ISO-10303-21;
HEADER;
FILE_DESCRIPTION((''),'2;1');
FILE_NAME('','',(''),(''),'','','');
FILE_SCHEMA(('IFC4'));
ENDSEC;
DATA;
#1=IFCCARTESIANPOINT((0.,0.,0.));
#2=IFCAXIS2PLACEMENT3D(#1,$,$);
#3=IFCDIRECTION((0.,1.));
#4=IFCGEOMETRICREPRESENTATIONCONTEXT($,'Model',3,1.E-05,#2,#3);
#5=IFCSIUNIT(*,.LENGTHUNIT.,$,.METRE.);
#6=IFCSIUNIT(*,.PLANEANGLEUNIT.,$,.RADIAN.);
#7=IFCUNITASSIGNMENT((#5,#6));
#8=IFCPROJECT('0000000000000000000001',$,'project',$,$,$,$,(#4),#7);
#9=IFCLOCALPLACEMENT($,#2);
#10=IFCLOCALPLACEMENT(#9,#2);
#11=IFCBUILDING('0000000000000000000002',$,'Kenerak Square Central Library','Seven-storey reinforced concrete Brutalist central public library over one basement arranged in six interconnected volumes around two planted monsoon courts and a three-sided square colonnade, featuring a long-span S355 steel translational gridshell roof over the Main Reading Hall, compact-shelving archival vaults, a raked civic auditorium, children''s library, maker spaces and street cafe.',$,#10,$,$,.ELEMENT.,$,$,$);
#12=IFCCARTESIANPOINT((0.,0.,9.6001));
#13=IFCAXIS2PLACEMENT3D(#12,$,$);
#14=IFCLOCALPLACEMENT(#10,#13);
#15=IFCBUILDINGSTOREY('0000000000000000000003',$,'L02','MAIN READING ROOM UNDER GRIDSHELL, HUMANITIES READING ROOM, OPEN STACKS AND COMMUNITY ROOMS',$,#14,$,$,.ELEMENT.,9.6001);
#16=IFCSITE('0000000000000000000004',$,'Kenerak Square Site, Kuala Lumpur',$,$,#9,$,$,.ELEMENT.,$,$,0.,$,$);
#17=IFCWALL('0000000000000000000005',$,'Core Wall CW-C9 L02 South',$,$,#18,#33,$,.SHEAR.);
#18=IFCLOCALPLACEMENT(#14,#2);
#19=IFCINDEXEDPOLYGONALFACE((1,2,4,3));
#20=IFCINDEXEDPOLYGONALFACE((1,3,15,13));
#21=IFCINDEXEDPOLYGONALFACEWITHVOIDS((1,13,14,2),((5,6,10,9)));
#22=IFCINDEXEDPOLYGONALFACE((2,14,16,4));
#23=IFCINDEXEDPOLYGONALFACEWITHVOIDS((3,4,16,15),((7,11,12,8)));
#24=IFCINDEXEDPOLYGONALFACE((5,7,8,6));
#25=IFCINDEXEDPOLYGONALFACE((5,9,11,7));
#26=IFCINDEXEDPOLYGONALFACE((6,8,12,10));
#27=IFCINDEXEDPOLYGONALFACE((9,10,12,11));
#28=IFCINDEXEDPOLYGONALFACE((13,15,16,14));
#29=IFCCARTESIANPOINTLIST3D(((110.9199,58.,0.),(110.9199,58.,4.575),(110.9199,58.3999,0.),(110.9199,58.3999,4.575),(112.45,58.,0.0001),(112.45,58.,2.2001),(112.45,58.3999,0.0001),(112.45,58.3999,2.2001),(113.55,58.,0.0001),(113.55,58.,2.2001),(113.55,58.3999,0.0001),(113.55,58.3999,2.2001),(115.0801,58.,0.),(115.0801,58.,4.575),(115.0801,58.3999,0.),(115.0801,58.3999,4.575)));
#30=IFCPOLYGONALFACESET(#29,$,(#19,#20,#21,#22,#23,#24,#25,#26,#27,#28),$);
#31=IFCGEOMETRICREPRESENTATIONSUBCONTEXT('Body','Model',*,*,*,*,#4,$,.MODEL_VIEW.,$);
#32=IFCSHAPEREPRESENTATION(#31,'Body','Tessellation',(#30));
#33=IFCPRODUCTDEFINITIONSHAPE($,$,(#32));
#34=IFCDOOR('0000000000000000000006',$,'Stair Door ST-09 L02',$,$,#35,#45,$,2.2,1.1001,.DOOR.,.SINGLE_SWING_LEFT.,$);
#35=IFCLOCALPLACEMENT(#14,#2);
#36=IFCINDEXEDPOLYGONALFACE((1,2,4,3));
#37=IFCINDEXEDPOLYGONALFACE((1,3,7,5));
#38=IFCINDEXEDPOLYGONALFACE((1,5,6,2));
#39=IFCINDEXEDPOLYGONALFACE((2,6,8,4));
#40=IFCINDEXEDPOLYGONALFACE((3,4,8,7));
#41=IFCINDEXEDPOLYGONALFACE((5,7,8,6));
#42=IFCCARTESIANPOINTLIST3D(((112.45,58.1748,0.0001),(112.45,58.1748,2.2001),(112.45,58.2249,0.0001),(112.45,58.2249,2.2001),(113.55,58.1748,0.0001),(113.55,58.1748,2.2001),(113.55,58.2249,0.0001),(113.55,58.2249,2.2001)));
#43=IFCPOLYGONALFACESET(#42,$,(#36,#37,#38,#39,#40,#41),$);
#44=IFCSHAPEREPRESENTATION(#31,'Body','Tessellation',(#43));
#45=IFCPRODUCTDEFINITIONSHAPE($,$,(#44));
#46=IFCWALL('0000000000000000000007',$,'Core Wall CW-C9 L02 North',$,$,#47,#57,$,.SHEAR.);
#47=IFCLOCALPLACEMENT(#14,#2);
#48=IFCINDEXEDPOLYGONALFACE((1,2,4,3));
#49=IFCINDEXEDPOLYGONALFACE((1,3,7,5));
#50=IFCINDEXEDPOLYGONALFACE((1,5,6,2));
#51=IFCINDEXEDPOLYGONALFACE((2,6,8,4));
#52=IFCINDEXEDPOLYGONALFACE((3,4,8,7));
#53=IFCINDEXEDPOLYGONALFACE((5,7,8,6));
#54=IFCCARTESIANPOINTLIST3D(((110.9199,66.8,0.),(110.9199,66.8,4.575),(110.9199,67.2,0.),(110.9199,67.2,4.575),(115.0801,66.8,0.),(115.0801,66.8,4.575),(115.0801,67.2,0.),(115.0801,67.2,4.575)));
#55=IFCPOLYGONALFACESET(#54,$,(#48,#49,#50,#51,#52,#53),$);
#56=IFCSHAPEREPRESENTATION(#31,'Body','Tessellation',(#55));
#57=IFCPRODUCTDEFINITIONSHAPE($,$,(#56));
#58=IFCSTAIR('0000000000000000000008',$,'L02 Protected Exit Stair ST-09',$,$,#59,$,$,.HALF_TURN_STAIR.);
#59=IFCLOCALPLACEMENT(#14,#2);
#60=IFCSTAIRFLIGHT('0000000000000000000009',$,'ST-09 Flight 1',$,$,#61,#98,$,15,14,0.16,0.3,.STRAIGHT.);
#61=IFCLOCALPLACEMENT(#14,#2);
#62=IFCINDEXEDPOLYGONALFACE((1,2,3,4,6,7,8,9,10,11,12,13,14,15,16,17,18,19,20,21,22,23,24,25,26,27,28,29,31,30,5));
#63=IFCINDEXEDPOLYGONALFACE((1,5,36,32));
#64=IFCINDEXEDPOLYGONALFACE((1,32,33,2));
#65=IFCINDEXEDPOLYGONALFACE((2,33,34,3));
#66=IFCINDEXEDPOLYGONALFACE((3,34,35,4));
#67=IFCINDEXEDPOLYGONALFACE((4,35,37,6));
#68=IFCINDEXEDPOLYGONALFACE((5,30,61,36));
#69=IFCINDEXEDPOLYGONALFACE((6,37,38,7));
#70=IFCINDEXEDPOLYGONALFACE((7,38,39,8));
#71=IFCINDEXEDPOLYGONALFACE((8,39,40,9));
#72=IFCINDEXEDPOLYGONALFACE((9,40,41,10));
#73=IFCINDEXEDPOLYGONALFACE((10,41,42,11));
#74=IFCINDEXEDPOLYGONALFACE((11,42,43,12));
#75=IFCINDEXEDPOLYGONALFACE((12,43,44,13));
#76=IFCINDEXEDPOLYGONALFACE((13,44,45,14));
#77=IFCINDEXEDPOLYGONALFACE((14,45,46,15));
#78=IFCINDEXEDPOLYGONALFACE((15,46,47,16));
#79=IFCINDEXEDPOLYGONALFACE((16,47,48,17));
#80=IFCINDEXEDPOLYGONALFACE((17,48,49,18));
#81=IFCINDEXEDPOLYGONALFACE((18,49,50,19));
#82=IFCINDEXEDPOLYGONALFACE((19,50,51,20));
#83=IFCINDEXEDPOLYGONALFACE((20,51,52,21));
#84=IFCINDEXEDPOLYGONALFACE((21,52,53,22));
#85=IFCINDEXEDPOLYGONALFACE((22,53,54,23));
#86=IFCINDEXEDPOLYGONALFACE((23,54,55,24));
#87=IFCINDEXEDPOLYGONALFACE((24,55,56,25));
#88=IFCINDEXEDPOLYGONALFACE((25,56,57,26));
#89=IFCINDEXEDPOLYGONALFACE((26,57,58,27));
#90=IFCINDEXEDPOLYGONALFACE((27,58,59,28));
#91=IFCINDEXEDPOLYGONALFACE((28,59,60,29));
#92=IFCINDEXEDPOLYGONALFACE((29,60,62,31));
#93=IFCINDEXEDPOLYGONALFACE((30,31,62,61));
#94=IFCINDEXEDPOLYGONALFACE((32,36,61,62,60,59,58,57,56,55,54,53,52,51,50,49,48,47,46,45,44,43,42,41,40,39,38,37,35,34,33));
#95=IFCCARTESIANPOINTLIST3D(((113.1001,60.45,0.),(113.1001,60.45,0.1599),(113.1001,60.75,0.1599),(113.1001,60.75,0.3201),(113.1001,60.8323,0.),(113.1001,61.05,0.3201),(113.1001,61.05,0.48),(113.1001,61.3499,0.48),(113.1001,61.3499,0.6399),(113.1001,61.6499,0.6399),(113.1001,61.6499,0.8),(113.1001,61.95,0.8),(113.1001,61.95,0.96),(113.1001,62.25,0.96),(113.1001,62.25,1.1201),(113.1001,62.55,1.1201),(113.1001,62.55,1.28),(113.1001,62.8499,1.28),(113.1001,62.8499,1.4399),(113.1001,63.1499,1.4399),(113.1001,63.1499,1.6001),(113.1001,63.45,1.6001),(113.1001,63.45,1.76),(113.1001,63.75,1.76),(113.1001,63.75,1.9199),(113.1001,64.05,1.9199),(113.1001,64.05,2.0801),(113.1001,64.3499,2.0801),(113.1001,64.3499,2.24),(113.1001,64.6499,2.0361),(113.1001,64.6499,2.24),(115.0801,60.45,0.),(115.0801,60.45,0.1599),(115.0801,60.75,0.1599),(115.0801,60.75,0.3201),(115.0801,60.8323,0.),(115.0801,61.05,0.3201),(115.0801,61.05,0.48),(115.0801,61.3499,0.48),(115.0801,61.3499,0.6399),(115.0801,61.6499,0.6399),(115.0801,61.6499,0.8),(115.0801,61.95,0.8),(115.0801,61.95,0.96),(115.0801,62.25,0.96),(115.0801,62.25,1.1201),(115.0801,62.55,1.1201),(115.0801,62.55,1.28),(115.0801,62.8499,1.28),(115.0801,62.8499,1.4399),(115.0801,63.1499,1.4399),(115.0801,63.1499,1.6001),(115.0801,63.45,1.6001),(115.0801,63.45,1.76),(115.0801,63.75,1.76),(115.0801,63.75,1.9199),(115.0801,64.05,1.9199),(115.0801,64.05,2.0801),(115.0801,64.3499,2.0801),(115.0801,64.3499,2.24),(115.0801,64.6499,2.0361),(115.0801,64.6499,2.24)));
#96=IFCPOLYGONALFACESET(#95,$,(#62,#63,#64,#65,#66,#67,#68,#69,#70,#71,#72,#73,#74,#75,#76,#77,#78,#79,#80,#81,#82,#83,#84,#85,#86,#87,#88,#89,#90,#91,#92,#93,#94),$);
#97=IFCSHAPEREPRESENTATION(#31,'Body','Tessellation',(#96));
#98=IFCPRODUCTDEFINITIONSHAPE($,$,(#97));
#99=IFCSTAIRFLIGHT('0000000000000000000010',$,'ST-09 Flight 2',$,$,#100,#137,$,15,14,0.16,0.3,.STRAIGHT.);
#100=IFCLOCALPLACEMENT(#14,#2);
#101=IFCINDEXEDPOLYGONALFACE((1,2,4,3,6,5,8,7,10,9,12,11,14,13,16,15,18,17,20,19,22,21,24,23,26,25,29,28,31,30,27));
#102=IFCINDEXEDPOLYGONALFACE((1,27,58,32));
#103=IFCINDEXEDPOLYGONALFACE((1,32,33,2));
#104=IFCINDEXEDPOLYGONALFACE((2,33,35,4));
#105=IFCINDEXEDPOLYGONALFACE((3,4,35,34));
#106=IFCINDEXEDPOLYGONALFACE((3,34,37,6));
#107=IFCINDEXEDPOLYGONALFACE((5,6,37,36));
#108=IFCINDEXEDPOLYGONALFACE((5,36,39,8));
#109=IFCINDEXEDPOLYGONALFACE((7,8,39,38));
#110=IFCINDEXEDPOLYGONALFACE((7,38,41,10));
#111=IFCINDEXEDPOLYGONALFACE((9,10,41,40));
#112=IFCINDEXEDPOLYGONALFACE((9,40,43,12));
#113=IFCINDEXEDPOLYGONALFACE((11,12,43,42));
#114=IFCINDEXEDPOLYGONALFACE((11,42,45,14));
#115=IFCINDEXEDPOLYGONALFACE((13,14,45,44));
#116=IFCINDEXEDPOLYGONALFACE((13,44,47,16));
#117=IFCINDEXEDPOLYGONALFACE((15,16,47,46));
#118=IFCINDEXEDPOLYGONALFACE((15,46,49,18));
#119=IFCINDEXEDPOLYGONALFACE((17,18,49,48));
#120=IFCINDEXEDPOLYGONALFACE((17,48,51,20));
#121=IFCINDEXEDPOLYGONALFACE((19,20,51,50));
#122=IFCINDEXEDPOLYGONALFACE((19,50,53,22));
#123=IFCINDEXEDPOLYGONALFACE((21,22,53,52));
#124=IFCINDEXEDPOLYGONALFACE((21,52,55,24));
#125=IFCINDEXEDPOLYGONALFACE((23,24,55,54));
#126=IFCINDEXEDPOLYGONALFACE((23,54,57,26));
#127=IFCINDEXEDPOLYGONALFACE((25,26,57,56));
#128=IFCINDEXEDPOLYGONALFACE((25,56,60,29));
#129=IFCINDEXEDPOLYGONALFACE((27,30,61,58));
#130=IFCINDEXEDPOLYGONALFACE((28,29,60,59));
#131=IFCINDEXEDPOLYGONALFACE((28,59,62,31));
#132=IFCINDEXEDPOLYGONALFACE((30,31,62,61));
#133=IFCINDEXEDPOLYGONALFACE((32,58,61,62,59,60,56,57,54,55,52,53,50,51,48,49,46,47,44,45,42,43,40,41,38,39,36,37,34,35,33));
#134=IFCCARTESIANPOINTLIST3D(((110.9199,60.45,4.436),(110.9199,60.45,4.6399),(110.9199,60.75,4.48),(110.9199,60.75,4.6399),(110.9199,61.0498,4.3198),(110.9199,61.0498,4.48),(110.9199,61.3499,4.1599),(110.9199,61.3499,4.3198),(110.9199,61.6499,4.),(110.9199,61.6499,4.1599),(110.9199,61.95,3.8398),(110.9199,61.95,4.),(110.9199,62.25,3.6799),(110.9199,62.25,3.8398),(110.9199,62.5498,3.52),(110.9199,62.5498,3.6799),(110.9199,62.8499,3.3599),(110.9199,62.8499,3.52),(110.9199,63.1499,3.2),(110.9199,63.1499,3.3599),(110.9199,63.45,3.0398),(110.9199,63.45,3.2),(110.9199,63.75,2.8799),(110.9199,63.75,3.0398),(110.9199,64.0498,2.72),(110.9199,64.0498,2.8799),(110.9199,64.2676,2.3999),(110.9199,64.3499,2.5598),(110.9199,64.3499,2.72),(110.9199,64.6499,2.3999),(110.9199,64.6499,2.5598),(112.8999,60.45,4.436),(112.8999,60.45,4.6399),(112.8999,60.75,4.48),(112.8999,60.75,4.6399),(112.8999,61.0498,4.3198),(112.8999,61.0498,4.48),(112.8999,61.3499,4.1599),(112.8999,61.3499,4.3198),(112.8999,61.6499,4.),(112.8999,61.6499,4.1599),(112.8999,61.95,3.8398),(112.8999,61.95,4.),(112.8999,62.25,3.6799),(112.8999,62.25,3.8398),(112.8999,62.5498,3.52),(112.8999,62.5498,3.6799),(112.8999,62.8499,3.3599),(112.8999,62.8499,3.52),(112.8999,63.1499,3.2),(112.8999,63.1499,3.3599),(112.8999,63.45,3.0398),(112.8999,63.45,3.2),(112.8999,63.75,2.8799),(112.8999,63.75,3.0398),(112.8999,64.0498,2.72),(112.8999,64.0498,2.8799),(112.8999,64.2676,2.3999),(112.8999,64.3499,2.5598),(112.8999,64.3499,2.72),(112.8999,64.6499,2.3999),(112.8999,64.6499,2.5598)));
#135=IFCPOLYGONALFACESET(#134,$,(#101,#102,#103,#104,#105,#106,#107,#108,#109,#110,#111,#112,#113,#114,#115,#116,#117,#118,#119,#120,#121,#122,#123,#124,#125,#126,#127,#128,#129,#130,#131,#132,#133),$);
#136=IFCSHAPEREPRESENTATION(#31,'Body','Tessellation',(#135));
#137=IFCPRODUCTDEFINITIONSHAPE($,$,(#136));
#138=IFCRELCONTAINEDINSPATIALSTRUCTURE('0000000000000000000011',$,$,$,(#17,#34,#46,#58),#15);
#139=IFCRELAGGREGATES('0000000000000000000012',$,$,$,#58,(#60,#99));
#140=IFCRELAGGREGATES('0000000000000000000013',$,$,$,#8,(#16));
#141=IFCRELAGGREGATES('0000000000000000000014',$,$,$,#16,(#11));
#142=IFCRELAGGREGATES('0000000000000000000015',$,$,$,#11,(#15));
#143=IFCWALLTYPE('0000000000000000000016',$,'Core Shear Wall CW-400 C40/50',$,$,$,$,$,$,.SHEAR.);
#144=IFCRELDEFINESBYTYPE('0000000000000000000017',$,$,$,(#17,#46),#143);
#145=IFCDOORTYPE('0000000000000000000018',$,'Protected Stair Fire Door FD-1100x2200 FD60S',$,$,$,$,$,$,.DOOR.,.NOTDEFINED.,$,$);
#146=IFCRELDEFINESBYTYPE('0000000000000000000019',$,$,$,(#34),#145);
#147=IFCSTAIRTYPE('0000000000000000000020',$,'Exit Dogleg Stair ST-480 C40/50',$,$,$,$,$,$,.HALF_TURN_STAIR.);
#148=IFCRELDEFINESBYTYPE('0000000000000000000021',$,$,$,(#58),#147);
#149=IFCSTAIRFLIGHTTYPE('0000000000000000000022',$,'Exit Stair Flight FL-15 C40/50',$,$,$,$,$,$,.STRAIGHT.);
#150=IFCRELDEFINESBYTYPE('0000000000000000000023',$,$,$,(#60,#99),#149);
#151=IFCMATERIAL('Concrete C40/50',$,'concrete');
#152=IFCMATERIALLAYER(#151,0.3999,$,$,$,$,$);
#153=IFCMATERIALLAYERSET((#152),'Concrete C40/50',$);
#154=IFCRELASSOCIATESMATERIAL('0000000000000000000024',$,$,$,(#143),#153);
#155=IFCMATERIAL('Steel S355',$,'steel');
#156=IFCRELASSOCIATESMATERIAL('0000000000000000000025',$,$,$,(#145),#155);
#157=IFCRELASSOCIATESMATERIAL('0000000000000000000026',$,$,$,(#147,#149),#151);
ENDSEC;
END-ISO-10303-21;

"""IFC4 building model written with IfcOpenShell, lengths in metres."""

from ifc_helpers import new_model, si_unit, direction, frame, frame_2d, origin, place, context, subcontext, project, spatial, polyline, rectangle, outline, extrude, material, layer, layer_set, type_object, element, fill, aggregate, save


model = new_model("IFC4")

# Units and contexts
model_context = context("Model", 3, precision=1e-05, world=origin(), true_north=direction((0.0, 1.0)))
body_context = subcontext(model_context, "Body", "Model", "MODEL_VIEW")
ifc_project = project(units=[si_unit("LENGTHUNIT", "METRE"), si_unit("PLANEANGLEUNIT", "RADIAN")], contexts=[model_context])

# Site, building, storey
site_placement = place(None, origin())
site = spatial("IfcSite", under=ifc_project, at=site_placement, Name="Kenerak Square Site, Kuala Lumpur", CompositionType="ELEMENT", RefElevation=0.0)
building_placement = place(site_placement, origin())
building = spatial("IfcBuilding", under=site, at=building_placement, Name="Kenerak Square Central Library", Description="Seven-storey reinforced concrete Brutalist central public library over one basement arranged in six interconnected volumes around two planted monsoon courts and a three-sided square colonnade, featuring a long-span S355 steel translational gridshell roof over the Main Reading Hall, compact-shelving archival vaults, a raked civic auditorium, children's library, maker spaces and street cafe.", CompositionType="ELEMENT")
storey_placement = place(building_placement, frame((0.0, 0.0, 9.6001)))
storey = spatial("IfcBuildingStorey", under=building, at=storey_placement, Name="L02", Description="MAIN READING ROOM UNDER GRIDSHELL, HUMANITIES READING ROOM, OPEN STACKS AND COMMUNITY ROOMS", CompositionType="ELEMENT", Elevation=9.6001)

# Shared definitions
ifc_material_1 = material(Name="Concrete C40/50", Category="concrete")

# Shared definitions
ifc_layer_1 = layer(ifc_material_1, 0.3999)
ifc_layer_set_1 = layer_set([ifc_layer_1], Name="Concrete C40/50")
wall_type = type_object("IfcWallType", Name="Core Shear Wall CW-400 C40/50", PredefinedType="SHEAR", material=ifc_layer_set_1)

# Wall, opening, door
wall_1_placement = place(storey_placement, frame((115.0801, 58.2, 0.0), z_axis=(0.0, 0.0, 1.0), x_axis=(-1.0, 0.0, 0.0)))
wall_1 = element("IfcWall", 1, at=wall_1_placement, inside=storey, type_object=wall_type, Name="Core Wall CW-C9 L02 South", PredefinedType="SHEAR", context=body_context, shape_type="SweptSolid", body=[
    extrude(rectangle(XDim=4.1602, YDim=0.3999, at=frame_2d((2.0801, 0.0))), origin(), (0.0, 0.0, 1.0), 4.575),
])
opening_placement = place(wall_1_placement, frame((1.53, 0.0, 0.0)))
opening = element("IfcOpeningElement", 2, at=opening_placement, cuts=wall_1, PredefinedType="OPENING", context=body_context, shape_type="SweptSolid", body=[
    extrude(rectangle(XDim=1.1001, YDim=2.2, at=frame_2d((0.55, 1.1001))), frame((0.0, 0.21, 0.0), z_axis=(0.0, -1.0, 0.0), x_axis=(1.0, 0.0, 0.0)), (0.0, 0.0, 1.0), 0.4199),
])
ifc_material_2 = material(Name="Steel S355", Category="steel")
door_type = type_object("IfcDoorType", Name="Protected Stair Fire Door FD-1100x2200 FD60S", OperationType="NOTDEFINED", PredefinedType="DOOR", material=ifc_material_2)
door_placement = place(opening_placement, frame((1.1001, 0.0, 0.0), z_axis=(0.0, 0.0, 1.0), x_axis=(-1.0, 0.0, 0.0)))
door = element("IfcDoor", 3, at=door_placement, inside=storey, type_object=door_type, Name="Stair Door ST-09 L02", OperationType="SINGLE_SWING_LEFT", OverallHeight=2.2, OverallWidth=1.1001, PredefinedType="DOOR", context=body_context, shape_type="SweptSolid", body=[
    extrude(rectangle(XDim=1.1001, YDim=2.2, at=frame_2d((0.55, 1.1001))), frame((0.0, 0.0249, 0.0), z_axis=(0.0, -1.0, 0.0), x_axis=(1.0, 0.0, 0.0)), (0.0, 0.0, 1.0), 0.05),
])
fill(opening, door)

# Wall
wall_2_placement = place(storey_placement, frame((110.9199, 67.0, 0.0), z_axis=(0.0, 0.0, 1.0), x_axis=(1.0, 0.0, 0.0)))
element("IfcWall", 4, at=wall_2_placement, inside=storey, type_object=wall_type, Name="Core Wall CW-C9 L02 North", PredefinedType="SHEAR", context=body_context, shape_type="SweptSolid", body=[
    extrude(rectangle(XDim=4.1602, YDim=0.3999, at=frame_2d((2.0801, 0.0))), origin(), (0.0, 0.0, 1.0), 4.575),
])

# Stair, stair flights
stair_type = type_object("IfcStairType", Name="Exit Dogleg Stair ST-480 C40/50", PredefinedType="HALF_TURN_STAIR", material=ifc_material_1)
stair_placement = place(storey_placement, origin())
stair = element("IfcStair", 5, at=stair_placement, inside=storey, type_object=stair_type, Name="L02 Protected Exit Stair ST-09", PredefinedType="HALF_TURN_STAIR")
stair_flight_type = type_object("IfcStairFlightType", Name="Exit Stair Flight FL-15 C40/50", PredefinedType="STRAIGHT", material=ifc_material_1)
stair_flight_1_placement = place(storey_placement, frame((114.0901, 60.45, 0.0), z_axis=(0.0, 0.0, 1.0), x_axis=(0.0, 1.0, 0.0)))
stair_flight_1 = element("IfcStairFlight", 6, at=stair_flight_1_placement, type_object=stair_flight_type, Name="ST-09 Flight 1", NumberOfRisers=15, NumberOfTreads=14, PredefinedType="STRAIGHT", RiserHeight=0.16, TreadLength=0.3, context=body_context, shape_type="SweptSolid", body=[
    extrude(outline(polyline([(0.0, 0.0), (0.0, 0.1599), (0.3, 0.1599), (0.3, 0.3201), (0.6001, 0.3201), (0.6001, 0.48), (0.8999, 0.48), (0.8999, 0.6399), (1.2, 0.6399), (1.2, 0.8), (1.5, 0.8), (1.5, 0.96), (1.8, 0.96), (1.8, 1.1201), (2.1001, 1.1201), (2.1001, 1.28), (2.3999, 1.28), (2.3999, 1.4399), (2.7, 1.4399), (2.7, 1.6001), (3.0, 1.6001), (3.0, 1.76), (3.3, 1.76), (3.3, 1.9199), (3.6001, 1.9199), (3.6001, 2.0801), (3.8999, 2.0801), (3.8999, 2.24), (4.2, 2.24), (4.2, 2.3999), (4.2, 2.0361), (0.3823, 0.0), (0.0, 0.0)])), frame((0.0, 0.99, 0.0), z_axis=(0.0, -1.0, 0.0), x_axis=(1.0, 0.0, 0.0)), (0.0, 0.0, 1.0), 1.98),
])
stair_flight_2_placement = place(storey_placement, frame((111.9099, 64.6499, 2.3999), z_axis=(0.0, 0.0, 1.0), x_axis=(0.0, -1.0, 0.0)))
stair_flight_2 = element("IfcStairFlight", 7, at=stair_flight_2_placement, type_object=stair_flight_type, Name="ST-09 Flight 2", NumberOfRisers=15, NumberOfTreads=14, PredefinedType="STRAIGHT", RiserHeight=0.16, TreadLength=0.3, context=body_context, shape_type="SweptSolid", body=[
    extrude(outline(polyline([(0.0, 0.0), (0.0, 0.1599), (0.3, 0.1599), (0.3, 0.3201), (0.6001, 0.3201), (0.6001, 0.48), (0.8999, 0.48), (0.8999, 0.6399), (1.2, 0.6399), (1.2, 0.8), (1.5, 0.8), (1.5, 0.96), (1.8, 0.96), (1.8, 1.1201), (2.1001, 1.1201), (2.1001, 1.28), (2.3999, 1.28), (2.3999, 1.4399), (2.7, 1.4399), (2.7, 1.6001), (3.0, 1.6001), (3.0, 1.76), (3.3, 1.76), (3.3, 1.9199), (3.6001, 1.9199), (3.6001, 2.0801), (3.8999, 2.0801), (3.8999, 2.24), (4.2, 2.24), (4.2, 2.3999), (4.2, 2.0361), (0.3823, 0.0), (0.0, 0.0)])), frame((0.0, 0.99, 0.0), z_axis=(0.0, -1.0, 0.0), x_axis=(1.0, 0.0, 0.0)), (0.0, 0.0, 1.0), 1.98),
])
aggregate(stair, [stair_flight_1, stair_flight_2])

save(model, "model.ifc")
